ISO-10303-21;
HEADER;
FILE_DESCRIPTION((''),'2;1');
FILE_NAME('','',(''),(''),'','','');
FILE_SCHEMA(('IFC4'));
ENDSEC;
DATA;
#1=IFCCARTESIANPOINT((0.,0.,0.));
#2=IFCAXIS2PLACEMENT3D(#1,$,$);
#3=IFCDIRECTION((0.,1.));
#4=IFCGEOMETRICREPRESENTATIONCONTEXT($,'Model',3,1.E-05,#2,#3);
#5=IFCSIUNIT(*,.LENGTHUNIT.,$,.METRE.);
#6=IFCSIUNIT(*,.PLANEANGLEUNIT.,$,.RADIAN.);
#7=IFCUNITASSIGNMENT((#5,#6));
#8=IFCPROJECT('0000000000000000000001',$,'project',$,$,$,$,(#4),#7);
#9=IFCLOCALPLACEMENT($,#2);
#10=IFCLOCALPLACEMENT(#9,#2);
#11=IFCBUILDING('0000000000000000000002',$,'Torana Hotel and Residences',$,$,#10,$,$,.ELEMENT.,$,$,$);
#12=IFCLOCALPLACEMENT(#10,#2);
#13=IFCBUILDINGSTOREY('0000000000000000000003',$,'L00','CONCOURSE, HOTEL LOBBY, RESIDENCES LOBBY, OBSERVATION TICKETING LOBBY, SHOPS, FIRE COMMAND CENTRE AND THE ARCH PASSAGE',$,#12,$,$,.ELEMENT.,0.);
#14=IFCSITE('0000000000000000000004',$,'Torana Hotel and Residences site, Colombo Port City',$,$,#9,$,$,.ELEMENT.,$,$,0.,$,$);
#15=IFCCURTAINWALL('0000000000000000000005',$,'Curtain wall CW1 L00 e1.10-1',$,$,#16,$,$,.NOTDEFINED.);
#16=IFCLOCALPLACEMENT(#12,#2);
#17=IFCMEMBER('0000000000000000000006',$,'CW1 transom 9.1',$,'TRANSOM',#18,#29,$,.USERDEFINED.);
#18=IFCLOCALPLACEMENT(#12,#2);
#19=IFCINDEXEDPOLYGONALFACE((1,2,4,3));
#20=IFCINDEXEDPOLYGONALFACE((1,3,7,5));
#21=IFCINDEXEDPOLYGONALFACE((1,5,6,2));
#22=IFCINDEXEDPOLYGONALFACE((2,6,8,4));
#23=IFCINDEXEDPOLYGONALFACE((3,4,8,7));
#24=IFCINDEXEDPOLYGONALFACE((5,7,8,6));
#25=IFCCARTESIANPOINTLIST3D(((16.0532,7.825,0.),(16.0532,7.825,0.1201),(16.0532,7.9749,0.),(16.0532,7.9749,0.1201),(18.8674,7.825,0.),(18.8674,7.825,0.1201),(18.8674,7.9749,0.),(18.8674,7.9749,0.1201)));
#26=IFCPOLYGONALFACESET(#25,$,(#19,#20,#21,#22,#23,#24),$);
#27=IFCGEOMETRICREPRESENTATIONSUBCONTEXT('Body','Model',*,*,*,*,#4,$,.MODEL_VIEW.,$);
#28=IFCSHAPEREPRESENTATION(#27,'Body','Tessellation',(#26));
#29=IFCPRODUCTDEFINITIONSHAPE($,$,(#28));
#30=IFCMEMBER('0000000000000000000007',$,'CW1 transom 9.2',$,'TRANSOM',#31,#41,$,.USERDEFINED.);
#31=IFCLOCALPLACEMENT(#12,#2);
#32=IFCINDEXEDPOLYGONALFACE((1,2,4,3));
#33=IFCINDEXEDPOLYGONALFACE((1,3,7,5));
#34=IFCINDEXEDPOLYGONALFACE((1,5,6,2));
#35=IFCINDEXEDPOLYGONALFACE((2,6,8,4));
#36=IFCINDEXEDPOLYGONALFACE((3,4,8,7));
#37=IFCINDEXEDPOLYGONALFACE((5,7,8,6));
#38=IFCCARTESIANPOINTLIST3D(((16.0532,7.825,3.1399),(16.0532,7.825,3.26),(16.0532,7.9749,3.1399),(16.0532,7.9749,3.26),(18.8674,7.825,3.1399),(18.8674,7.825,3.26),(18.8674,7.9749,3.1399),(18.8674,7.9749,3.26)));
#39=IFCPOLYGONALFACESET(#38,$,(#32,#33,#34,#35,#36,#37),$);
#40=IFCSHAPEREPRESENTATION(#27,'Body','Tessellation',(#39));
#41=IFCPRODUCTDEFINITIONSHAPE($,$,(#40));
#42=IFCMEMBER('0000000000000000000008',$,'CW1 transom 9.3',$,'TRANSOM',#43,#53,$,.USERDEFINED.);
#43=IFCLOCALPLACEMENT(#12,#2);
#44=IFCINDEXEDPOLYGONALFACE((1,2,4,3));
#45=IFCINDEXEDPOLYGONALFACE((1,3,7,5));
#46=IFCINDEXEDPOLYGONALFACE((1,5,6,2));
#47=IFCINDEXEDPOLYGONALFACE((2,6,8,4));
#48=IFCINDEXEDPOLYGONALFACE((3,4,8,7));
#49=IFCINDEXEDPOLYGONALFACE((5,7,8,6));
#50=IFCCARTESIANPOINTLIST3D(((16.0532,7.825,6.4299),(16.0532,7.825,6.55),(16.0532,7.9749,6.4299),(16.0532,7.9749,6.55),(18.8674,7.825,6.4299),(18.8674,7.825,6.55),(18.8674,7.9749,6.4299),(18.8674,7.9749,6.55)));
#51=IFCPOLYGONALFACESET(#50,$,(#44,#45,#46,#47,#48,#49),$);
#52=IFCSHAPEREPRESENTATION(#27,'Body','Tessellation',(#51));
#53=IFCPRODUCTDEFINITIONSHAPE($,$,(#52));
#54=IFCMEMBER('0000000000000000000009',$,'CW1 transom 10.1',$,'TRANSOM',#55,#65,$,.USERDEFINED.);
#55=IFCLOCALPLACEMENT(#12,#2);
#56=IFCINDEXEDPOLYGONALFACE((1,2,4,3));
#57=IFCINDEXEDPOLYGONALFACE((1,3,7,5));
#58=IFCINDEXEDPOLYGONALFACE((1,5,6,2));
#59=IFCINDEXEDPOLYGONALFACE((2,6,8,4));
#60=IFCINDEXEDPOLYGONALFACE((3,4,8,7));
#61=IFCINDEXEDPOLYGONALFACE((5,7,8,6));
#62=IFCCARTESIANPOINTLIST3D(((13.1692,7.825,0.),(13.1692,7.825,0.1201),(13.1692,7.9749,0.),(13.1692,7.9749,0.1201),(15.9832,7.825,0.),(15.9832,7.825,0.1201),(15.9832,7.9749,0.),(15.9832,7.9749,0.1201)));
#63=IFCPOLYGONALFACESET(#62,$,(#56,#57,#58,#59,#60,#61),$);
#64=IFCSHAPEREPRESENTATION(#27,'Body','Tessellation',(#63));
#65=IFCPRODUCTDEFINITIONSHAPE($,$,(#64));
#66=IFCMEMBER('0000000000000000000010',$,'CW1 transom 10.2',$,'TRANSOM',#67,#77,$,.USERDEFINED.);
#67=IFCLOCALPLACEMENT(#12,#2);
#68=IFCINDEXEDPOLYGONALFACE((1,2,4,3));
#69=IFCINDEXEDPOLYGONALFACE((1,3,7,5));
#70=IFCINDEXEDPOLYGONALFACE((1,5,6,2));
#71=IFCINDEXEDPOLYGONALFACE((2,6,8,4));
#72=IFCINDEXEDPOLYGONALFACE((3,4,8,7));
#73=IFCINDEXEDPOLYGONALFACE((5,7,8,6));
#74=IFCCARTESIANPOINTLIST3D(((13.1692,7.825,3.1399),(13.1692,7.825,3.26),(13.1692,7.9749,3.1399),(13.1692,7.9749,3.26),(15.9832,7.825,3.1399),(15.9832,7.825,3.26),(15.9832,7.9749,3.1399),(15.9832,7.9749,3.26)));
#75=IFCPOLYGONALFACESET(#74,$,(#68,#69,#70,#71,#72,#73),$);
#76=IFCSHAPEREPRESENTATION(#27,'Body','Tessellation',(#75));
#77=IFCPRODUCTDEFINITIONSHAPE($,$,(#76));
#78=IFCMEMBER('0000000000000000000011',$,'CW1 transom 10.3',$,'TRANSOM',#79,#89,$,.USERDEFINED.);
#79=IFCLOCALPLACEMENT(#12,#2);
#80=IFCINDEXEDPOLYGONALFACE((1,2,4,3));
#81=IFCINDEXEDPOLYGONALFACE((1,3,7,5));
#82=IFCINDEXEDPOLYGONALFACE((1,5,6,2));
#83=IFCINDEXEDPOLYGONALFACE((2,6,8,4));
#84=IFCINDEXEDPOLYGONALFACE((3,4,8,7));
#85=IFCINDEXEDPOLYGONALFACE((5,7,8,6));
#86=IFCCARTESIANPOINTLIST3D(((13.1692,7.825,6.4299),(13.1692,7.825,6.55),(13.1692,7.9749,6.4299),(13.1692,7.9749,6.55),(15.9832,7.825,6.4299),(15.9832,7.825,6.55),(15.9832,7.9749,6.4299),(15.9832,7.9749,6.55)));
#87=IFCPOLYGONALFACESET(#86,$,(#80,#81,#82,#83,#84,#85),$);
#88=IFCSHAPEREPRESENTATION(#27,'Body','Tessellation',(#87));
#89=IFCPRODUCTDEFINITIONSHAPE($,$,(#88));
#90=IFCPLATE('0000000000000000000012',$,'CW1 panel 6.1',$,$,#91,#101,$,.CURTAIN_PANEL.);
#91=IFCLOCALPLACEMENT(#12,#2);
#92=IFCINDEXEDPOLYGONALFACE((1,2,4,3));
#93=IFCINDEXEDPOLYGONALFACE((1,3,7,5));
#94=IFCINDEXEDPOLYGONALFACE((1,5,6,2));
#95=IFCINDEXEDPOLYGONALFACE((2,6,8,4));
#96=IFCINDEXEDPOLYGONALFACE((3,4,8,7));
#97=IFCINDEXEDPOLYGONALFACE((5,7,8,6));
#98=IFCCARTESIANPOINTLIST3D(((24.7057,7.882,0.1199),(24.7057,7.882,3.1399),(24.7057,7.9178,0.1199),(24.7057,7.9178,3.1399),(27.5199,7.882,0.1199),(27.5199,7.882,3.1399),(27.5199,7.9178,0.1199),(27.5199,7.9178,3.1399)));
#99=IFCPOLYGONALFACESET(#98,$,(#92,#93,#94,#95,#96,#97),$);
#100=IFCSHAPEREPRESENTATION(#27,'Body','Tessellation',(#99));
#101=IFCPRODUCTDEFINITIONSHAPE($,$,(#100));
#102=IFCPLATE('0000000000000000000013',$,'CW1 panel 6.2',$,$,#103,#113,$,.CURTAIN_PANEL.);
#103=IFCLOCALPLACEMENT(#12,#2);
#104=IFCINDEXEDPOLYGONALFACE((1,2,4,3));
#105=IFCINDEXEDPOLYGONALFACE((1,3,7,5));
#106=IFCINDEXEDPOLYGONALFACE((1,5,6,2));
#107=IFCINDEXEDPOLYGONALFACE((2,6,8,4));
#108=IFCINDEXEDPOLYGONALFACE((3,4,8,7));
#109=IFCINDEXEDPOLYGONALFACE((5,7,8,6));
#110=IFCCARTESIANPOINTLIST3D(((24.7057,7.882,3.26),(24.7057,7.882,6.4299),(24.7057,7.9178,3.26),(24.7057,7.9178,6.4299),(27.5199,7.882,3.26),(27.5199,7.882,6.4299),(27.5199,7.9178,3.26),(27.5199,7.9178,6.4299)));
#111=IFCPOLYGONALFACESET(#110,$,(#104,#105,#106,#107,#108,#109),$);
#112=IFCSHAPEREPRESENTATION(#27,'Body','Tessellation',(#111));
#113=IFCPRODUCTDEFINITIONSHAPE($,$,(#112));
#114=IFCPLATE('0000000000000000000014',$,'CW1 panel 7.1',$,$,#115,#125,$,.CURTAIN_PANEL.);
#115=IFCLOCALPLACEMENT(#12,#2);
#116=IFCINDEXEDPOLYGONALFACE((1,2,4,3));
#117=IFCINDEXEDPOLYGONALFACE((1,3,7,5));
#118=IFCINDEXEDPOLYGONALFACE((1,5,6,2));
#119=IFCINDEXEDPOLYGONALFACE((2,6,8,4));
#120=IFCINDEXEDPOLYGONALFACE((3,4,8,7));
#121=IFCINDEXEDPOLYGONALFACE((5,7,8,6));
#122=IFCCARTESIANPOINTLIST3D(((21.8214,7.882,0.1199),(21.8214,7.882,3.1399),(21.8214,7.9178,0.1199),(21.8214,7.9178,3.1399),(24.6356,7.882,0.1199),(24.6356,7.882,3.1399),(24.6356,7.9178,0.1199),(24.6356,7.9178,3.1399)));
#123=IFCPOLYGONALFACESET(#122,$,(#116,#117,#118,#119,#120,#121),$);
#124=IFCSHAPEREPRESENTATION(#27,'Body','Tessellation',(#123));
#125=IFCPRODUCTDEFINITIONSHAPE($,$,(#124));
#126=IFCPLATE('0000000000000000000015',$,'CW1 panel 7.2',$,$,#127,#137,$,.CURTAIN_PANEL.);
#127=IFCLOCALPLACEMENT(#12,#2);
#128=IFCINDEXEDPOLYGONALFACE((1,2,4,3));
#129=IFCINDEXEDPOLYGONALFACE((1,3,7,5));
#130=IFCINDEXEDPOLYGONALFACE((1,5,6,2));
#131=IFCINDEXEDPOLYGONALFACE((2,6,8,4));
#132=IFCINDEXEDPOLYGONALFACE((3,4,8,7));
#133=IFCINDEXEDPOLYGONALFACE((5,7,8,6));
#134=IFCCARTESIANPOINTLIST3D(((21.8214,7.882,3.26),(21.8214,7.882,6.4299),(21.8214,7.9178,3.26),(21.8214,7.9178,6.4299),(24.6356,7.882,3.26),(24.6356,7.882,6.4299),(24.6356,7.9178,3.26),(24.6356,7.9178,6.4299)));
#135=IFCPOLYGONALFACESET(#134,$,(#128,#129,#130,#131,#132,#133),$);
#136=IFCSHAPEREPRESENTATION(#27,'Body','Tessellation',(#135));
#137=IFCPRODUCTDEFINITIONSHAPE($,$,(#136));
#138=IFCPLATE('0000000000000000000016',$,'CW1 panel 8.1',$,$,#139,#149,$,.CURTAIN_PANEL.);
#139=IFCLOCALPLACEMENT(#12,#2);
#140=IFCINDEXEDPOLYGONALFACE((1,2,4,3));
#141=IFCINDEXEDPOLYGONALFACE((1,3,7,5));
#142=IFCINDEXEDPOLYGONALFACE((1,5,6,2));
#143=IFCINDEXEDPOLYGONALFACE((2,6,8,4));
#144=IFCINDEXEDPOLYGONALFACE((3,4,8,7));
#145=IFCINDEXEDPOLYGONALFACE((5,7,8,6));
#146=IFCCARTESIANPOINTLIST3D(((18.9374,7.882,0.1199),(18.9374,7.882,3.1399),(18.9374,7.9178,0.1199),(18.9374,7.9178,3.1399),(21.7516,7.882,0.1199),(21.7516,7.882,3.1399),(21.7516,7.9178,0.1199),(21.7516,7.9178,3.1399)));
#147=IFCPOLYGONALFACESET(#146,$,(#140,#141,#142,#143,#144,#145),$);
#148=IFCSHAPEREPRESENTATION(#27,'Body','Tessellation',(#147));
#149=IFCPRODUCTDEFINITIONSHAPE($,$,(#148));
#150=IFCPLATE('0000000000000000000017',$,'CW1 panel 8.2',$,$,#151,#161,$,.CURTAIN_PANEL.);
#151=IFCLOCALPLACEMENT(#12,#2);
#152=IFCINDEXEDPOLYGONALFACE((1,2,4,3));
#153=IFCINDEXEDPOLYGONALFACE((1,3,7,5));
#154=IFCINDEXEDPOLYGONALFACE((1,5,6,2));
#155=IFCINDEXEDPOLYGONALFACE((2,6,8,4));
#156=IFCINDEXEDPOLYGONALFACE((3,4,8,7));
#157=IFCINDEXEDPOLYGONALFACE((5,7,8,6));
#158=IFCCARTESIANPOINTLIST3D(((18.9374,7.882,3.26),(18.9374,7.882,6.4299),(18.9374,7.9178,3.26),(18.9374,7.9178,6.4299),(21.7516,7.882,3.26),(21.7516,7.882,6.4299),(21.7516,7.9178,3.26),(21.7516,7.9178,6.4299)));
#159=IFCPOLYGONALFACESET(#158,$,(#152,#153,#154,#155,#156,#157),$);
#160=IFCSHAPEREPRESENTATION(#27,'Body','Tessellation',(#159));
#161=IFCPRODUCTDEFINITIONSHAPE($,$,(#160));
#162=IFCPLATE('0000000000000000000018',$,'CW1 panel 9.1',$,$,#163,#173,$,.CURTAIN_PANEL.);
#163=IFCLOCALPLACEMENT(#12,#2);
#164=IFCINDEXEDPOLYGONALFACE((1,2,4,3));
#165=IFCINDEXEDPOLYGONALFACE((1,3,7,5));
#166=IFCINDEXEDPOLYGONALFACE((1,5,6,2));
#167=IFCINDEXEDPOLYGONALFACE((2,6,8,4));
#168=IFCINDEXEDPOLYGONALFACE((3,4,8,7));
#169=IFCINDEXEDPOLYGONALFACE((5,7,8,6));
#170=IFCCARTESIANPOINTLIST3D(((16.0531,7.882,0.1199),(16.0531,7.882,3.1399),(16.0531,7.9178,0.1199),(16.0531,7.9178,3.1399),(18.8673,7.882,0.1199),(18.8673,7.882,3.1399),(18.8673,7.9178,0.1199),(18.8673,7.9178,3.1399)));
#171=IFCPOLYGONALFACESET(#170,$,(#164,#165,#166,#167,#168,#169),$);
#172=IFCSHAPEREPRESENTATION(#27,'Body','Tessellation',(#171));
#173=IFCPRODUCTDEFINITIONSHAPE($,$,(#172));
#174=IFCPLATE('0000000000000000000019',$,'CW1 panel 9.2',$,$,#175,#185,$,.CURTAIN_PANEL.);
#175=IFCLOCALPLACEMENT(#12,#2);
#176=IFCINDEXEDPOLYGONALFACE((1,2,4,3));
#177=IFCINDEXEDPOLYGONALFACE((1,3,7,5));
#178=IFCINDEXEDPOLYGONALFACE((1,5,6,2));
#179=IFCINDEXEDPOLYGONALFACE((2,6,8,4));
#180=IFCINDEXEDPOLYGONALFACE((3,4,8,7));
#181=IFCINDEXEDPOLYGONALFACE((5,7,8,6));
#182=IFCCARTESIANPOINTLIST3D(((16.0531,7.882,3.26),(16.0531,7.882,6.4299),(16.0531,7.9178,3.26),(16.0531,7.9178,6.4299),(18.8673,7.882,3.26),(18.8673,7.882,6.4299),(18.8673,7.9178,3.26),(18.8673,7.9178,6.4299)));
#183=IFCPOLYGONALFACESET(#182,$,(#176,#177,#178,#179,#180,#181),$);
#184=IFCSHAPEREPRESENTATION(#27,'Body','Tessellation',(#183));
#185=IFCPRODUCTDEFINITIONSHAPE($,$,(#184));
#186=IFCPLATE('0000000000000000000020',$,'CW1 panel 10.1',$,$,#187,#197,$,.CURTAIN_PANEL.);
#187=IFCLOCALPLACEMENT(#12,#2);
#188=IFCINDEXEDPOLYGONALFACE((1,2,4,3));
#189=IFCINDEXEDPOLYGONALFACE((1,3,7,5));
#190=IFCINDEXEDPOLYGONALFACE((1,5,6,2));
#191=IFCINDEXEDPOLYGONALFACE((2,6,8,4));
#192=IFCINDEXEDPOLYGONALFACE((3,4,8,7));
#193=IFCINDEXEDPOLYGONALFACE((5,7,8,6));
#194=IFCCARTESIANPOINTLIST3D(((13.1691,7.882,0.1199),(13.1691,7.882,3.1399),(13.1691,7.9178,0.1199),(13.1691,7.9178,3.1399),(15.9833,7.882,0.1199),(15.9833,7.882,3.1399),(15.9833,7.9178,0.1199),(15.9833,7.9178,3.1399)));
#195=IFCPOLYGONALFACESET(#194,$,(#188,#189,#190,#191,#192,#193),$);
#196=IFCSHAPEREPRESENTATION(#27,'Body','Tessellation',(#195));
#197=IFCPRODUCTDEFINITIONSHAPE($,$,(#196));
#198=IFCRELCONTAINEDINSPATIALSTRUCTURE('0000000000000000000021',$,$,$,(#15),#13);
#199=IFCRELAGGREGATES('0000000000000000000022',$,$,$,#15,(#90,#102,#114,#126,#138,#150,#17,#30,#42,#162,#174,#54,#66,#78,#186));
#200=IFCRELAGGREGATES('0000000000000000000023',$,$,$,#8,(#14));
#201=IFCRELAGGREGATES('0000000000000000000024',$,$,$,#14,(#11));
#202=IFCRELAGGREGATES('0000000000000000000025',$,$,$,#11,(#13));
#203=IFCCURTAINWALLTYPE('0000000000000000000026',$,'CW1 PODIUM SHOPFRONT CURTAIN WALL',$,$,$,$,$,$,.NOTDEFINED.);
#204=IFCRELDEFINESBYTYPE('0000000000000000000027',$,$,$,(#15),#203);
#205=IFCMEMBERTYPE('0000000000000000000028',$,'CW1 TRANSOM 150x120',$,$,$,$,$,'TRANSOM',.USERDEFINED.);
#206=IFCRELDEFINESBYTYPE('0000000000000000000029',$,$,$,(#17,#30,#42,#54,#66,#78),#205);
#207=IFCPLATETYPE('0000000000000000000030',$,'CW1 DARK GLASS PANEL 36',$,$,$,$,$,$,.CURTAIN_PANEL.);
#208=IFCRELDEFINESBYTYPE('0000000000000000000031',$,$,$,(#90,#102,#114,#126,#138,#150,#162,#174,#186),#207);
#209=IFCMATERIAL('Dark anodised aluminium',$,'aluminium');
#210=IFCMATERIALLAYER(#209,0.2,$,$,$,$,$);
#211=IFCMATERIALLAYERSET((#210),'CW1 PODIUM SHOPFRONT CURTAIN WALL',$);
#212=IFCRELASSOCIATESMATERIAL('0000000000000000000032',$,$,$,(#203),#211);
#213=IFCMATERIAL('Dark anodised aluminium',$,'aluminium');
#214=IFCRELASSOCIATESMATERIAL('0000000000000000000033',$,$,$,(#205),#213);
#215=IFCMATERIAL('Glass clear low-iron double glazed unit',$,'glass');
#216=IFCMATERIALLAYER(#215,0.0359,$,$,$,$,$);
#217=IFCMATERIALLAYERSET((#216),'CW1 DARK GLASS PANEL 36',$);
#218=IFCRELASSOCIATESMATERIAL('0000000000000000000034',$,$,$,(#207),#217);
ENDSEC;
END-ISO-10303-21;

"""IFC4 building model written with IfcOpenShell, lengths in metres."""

from ifc_helpers import new_model, si_unit, direction, frame, origin, origin_2d, place, context, subcontext, project, spatial, rectangle, extrude, material, layer, layer_set, material_profile, profile_set, type_object, element, aggregate, save


model = new_model("IFC4")

# Units and contexts
model_context = context("Model", 3, precision=1e-05, world=origin(), true_north=direction((0.0, 1.0)))
body_context = subcontext(model_context, "Body", "Model", "MODEL_VIEW")
ifc_project = project(units=[si_unit("LENGTHUNIT", "METRE"), si_unit("PLANEANGLEUNIT", "RADIAN")], contexts=[model_context])

# Site, building, storey
site_placement = place(None, origin())
site = spatial("IfcSite", under=ifc_project, at=site_placement, Name="Torana Hotel and Residences site, Colombo Port City", CompositionType="ELEMENT", RefElevation=0.0)
building_placement = place(site_placement, origin())
building = spatial("IfcBuilding", under=site, at=building_placement, Name="Torana Hotel and Residences", CompositionType="ELEMENT")
storey_placement = place(building_placement, origin())
storey = spatial("IfcBuildingStorey", under=building, at=storey_placement, Name="L00", Description="CONCOURSE, HOTEL LOBBY, RESIDENCES LOBBY, OBSERVATION TICKETING LOBBY, SHOPS, FIRE COMMAND CENTRE AND THE ARCH PASSAGE", CompositionType="ELEMENT", Elevation=0.0)

# Curtain wall, members, plates
ifc_material_1 = material(Name="Dark anodised aluminium", Category="aluminium")
ifc_layer_1 = layer(ifc_material_1, 0.2)
ifc_layer_set_1 = layer_set([ifc_layer_1], Name="CW1 PODIUM SHOPFRONT CURTAIN WALL")
curtain_wall_type = type_object("IfcCurtainWallType", Name="CW1 PODIUM SHOPFRONT CURTAIN WALL", PredefinedType="NOTDEFINED", material=ifc_layer_set_1)
curtain_wall_placement = place(storey_placement, origin())
curtain_wall = element("IfcCurtainWall", 1, at=curtain_wall_placement, inside=storey, type_object=curtain_wall_type, Name="Curtain wall CW1 L00 e1.10-1", PredefinedType="NOTDEFINED")
ifc_material_2 = material(Name="Dark anodised aluminium", Category="aluminium")
ifc_material_profile_1 = material_profile(ifc_material_2, rectangle(XDim=0.1499, YDim=0.1201, at=origin_2d()), Name="CW1 TRANSOM 150x120")
ifc_profile_set_1 = profile_set([ifc_material_profile_1], Name="Dark anodised aluminium")
member_type_1 = type_object("IfcMemberType", Name="CW1 TRANSOM 150x120", ElementType="TRANSOM", PredefinedType="USERDEFINED", material=ifc_profile_set_1)
member_1_placement = place(storey_placement, frame((18.8674, 7.8999, 0.0601), z_axis=(-1.0, 0.0, 0.0), x_axis=(0.0, -1.0, 0.0)))
member_1 = element("IfcMember", 2, at=member_1_placement, type_object=member_type_1, Name="CW1 transom 9.1", ObjectType="TRANSOM", PredefinedType="USERDEFINED", context=body_context, shape_type="SweptSolid", body=[
    extrude(rectangle(XDim=0.1499, YDim=0.1201, at=origin_2d()), origin(), (0.0, 0.0, 1.0), 2.8142),
])
member_2_placement = place(storey_placement, frame((18.8674, 7.8999, 3.2), z_axis=(-1.0, 0.0, 0.0), x_axis=(0.0, -1.0, 0.0)))
member_2 = element("IfcMember", 3, at=member_2_placement, type_object=member_type_1, Name="CW1 transom 9.2", ObjectType="TRANSOM", PredefinedType="USERDEFINED", context=body_context, shape_type="SweptSolid", body=[
    extrude(rectangle(XDim=0.1499, YDim=0.1201, at=origin_2d()), origin(), (0.0, 0.0, 1.0), 2.8142),
])
member_3_placement = place(storey_placement, frame((18.8674, 7.8999, 6.49), z_axis=(-1.0, 0.0, 0.0), x_axis=(0.0, -1.0, 0.0)))
member_3 = element("IfcMember", 4, at=member_3_placement, type_object=member_type_1, Name="CW1 transom 9.3", ObjectType="TRANSOM", PredefinedType="USERDEFINED", context=body_context, shape_type="SweptSolid", body=[
    extrude(rectangle(XDim=0.1499, YDim=0.1201, at=origin_2d()), origin(), (0.0, 0.0, 1.0), 2.8142),
])
member_4_placement = place(storey_placement, frame((15.9832, 7.8999, 0.0601), z_axis=(-1.0, 0.0, 0.0), x_axis=(0.0, -1.0, 0.0)))
member_4 = element("IfcMember", 5, at=member_4_placement, type_object=member_type_1, Name="CW1 transom 10.1", ObjectType="TRANSOM", PredefinedType="USERDEFINED", context=body_context, shape_type="SweptSolid", body=[
    extrude(rectangle(XDim=0.1499, YDim=0.1201, at=origin_2d()), origin(), (0.0, 0.0, 1.0), 2.814),
])
member_5_placement = place(storey_placement, frame((15.9832, 7.8999, 3.2), z_axis=(-1.0, 0.0, 0.0), x_axis=(0.0, -1.0, 0.0)))
member_5 = element("IfcMember", 6, at=member_5_placement, type_object=member_type_1, Name="CW1 transom 10.2", ObjectType="TRANSOM", PredefinedType="USERDEFINED", context=body_context, shape_type="SweptSolid", body=[
    extrude(rectangle(XDim=0.1499, YDim=0.1201, at=origin_2d()), origin(), (0.0, 0.0, 1.0), 2.814),
])
member_6_placement = place(storey_placement, frame((15.9832, 7.8999, 6.49), z_axis=(-1.0, 0.0, 0.0), x_axis=(0.0, -1.0, 0.0)))
member_6 = element("IfcMember", 7, at=member_6_placement, type_object=member_type_1, Name="CW1 transom 10.3", ObjectType="TRANSOM", PredefinedType="USERDEFINED", context=body_context, shape_type="SweptSolid", body=[
    extrude(rectangle(XDim=0.1499, YDim=0.1201, at=origin_2d()), origin(), (0.0, 0.0, 1.0), 2.814),
])
ifc_material_3 = material(Name="Glass clear low-iron double glazed unit", Category="glass")
ifc_layer_2 = layer(ifc_material_3, 0.0359)
ifc_layer_set_2 = layer_set([ifc_layer_2], Name="CW1 DARK GLASS PANEL 36")
plate_type = type_object("IfcPlateType", Name="CW1 DARK GLASS PANEL 36", PredefinedType="CURTAIN_PANEL", material=ifc_layer_set_2)
plate_1_placement = place(storey_placement, frame((26.1128, 7.8999, 0.1199), z_axis=(0.0, 0.0, 1.0), x_axis=(-1.0, 0.0, 0.0)))
plate_1 = element("IfcPlate", 8, at=plate_1_placement, type_object=plate_type, Name="CW1 panel 6.1", PredefinedType="CURTAIN_PANEL", context=body_context, shape_type="SweptSolid", body=[
    extrude(rectangle(XDim=2.8142, YDim=0.0359, at=origin_2d()), origin(), (0.0, 0.0, 1.0), 3.02),
])
plate_2_placement = place(storey_placement, frame((26.1128, 7.8999, 3.26), z_axis=(0.0, 0.0, 1.0), x_axis=(-1.0, 0.0, 0.0)))
plate_2 = element("IfcPlate", 9, at=plate_2_placement, type_object=plate_type, Name="CW1 panel 6.2", PredefinedType="CURTAIN_PANEL", context=body_context, shape_type="SweptSolid", body=[
    extrude(rectangle(XDim=2.8142, YDim=0.0359, at=origin_2d()), origin(), (0.0, 0.0, 1.0), 3.1699),
])
plate_3_placement = place(storey_placement, frame((23.2285, 7.8999, 0.1199), z_axis=(0.0, 0.0, 1.0), x_axis=(-1.0, 0.0, 0.0)))
plate_3 = element("IfcPlate", 10, at=plate_3_placement, type_object=plate_type, Name="CW1 panel 7.1", PredefinedType="CURTAIN_PANEL", context=body_context, shape_type="SweptSolid", body=[
    extrude(rectangle(XDim=2.8142, YDim=0.0359, at=origin_2d()), origin(), (0.0, 0.0, 1.0), 3.02),
])
plate_4_placement = place(storey_placement, frame((23.2285, 7.8999, 3.26), z_axis=(0.0, 0.0, 1.0), x_axis=(-1.0, 0.0, 0.0)))
plate_4 = element("IfcPlate", 11, at=plate_4_placement, type_object=plate_type, Name="CW1 panel 7.2", PredefinedType="CURTAIN_PANEL", context=body_context, shape_type="SweptSolid", body=[
    extrude(rectangle(XDim=2.8142, YDim=0.0359, at=origin_2d()), origin(), (0.0, 0.0, 1.0), 3.1699),
])
plate_5_placement = place(storey_placement, frame((20.3445, 7.8999, 0.1199), z_axis=(0.0, 0.0, 1.0), x_axis=(-1.0, 0.0, 0.0)))
plate_5 = element("IfcPlate", 12, at=plate_5_placement, type_object=plate_type, Name="CW1 panel 8.1", PredefinedType="CURTAIN_PANEL", context=body_context, shape_type="SweptSolid", body=[
    extrude(rectangle(XDim=2.8142, YDim=0.0359, at=origin_2d()), origin(), (0.0, 0.0, 1.0), 3.02),
])
plate_6_placement = place(storey_placement, frame((20.3445, 7.8999, 3.26), z_axis=(0.0, 0.0, 1.0), x_axis=(-1.0, 0.0, 0.0)))
plate_6 = element("IfcPlate", 13, at=plate_6_placement, type_object=plate_type, Name="CW1 panel 8.2", PredefinedType="CURTAIN_PANEL", context=body_context, shape_type="SweptSolid", body=[
    extrude(rectangle(XDim=2.8142, YDim=0.0359, at=origin_2d()), origin(), (0.0, 0.0, 1.0), 3.1699),
])
plate_7_placement = place(storey_placement, frame((17.4602, 7.8999, 0.1199), z_axis=(0.0, 0.0, 1.0), x_axis=(-1.0, 0.0, 0.0)))
plate_7 = element("IfcPlate", 14, at=plate_7_placement, type_object=plate_type, Name="CW1 panel 9.1", PredefinedType="CURTAIN_PANEL", context=body_context, shape_type="SweptSolid", body=[
    extrude(rectangle(XDim=2.8142, YDim=0.0359, at=origin_2d()), origin(), (0.0, 0.0, 1.0), 3.02),
])
plate_8_placement = place(storey_placement, frame((17.4602, 7.8999, 3.26), z_axis=(0.0, 0.0, 1.0), x_axis=(-1.0, 0.0, 0.0)))
plate_8 = element("IfcPlate", 15, at=plate_8_placement, type_object=plate_type, Name="CW1 panel 9.2", PredefinedType="CURTAIN_PANEL", context=body_context, shape_type="SweptSolid", body=[
    extrude(rectangle(XDim=2.8142, YDim=0.0359, at=origin_2d()), origin(), (0.0, 0.0, 1.0), 3.1699),
])
plate_9_placement = place(storey_placement, frame((14.5762, 7.8999, 0.1199), z_axis=(0.0, 0.0, 1.0), x_axis=(-1.0, 0.0, 0.0)))
plate_9 = element("IfcPlate", 16, at=plate_9_placement, type_object=plate_type, Name="CW1 panel 10.1", PredefinedType="CURTAIN_PANEL", context=body_context, shape_type="SweptSolid", body=[
    extrude(rectangle(XDim=2.8142, YDim=0.0359, at=origin_2d()), origin(), (0.0, 0.0, 1.0), 3.02),
])
aggregate(curtain_wall, [plate_1, plate_2, plate_3, plate_4, plate_5, plate_6, member_1, member_2, member_3, plate_7, plate_8, member_4, member_5, member_6, plate_9])

save(model, "model.ifc")
